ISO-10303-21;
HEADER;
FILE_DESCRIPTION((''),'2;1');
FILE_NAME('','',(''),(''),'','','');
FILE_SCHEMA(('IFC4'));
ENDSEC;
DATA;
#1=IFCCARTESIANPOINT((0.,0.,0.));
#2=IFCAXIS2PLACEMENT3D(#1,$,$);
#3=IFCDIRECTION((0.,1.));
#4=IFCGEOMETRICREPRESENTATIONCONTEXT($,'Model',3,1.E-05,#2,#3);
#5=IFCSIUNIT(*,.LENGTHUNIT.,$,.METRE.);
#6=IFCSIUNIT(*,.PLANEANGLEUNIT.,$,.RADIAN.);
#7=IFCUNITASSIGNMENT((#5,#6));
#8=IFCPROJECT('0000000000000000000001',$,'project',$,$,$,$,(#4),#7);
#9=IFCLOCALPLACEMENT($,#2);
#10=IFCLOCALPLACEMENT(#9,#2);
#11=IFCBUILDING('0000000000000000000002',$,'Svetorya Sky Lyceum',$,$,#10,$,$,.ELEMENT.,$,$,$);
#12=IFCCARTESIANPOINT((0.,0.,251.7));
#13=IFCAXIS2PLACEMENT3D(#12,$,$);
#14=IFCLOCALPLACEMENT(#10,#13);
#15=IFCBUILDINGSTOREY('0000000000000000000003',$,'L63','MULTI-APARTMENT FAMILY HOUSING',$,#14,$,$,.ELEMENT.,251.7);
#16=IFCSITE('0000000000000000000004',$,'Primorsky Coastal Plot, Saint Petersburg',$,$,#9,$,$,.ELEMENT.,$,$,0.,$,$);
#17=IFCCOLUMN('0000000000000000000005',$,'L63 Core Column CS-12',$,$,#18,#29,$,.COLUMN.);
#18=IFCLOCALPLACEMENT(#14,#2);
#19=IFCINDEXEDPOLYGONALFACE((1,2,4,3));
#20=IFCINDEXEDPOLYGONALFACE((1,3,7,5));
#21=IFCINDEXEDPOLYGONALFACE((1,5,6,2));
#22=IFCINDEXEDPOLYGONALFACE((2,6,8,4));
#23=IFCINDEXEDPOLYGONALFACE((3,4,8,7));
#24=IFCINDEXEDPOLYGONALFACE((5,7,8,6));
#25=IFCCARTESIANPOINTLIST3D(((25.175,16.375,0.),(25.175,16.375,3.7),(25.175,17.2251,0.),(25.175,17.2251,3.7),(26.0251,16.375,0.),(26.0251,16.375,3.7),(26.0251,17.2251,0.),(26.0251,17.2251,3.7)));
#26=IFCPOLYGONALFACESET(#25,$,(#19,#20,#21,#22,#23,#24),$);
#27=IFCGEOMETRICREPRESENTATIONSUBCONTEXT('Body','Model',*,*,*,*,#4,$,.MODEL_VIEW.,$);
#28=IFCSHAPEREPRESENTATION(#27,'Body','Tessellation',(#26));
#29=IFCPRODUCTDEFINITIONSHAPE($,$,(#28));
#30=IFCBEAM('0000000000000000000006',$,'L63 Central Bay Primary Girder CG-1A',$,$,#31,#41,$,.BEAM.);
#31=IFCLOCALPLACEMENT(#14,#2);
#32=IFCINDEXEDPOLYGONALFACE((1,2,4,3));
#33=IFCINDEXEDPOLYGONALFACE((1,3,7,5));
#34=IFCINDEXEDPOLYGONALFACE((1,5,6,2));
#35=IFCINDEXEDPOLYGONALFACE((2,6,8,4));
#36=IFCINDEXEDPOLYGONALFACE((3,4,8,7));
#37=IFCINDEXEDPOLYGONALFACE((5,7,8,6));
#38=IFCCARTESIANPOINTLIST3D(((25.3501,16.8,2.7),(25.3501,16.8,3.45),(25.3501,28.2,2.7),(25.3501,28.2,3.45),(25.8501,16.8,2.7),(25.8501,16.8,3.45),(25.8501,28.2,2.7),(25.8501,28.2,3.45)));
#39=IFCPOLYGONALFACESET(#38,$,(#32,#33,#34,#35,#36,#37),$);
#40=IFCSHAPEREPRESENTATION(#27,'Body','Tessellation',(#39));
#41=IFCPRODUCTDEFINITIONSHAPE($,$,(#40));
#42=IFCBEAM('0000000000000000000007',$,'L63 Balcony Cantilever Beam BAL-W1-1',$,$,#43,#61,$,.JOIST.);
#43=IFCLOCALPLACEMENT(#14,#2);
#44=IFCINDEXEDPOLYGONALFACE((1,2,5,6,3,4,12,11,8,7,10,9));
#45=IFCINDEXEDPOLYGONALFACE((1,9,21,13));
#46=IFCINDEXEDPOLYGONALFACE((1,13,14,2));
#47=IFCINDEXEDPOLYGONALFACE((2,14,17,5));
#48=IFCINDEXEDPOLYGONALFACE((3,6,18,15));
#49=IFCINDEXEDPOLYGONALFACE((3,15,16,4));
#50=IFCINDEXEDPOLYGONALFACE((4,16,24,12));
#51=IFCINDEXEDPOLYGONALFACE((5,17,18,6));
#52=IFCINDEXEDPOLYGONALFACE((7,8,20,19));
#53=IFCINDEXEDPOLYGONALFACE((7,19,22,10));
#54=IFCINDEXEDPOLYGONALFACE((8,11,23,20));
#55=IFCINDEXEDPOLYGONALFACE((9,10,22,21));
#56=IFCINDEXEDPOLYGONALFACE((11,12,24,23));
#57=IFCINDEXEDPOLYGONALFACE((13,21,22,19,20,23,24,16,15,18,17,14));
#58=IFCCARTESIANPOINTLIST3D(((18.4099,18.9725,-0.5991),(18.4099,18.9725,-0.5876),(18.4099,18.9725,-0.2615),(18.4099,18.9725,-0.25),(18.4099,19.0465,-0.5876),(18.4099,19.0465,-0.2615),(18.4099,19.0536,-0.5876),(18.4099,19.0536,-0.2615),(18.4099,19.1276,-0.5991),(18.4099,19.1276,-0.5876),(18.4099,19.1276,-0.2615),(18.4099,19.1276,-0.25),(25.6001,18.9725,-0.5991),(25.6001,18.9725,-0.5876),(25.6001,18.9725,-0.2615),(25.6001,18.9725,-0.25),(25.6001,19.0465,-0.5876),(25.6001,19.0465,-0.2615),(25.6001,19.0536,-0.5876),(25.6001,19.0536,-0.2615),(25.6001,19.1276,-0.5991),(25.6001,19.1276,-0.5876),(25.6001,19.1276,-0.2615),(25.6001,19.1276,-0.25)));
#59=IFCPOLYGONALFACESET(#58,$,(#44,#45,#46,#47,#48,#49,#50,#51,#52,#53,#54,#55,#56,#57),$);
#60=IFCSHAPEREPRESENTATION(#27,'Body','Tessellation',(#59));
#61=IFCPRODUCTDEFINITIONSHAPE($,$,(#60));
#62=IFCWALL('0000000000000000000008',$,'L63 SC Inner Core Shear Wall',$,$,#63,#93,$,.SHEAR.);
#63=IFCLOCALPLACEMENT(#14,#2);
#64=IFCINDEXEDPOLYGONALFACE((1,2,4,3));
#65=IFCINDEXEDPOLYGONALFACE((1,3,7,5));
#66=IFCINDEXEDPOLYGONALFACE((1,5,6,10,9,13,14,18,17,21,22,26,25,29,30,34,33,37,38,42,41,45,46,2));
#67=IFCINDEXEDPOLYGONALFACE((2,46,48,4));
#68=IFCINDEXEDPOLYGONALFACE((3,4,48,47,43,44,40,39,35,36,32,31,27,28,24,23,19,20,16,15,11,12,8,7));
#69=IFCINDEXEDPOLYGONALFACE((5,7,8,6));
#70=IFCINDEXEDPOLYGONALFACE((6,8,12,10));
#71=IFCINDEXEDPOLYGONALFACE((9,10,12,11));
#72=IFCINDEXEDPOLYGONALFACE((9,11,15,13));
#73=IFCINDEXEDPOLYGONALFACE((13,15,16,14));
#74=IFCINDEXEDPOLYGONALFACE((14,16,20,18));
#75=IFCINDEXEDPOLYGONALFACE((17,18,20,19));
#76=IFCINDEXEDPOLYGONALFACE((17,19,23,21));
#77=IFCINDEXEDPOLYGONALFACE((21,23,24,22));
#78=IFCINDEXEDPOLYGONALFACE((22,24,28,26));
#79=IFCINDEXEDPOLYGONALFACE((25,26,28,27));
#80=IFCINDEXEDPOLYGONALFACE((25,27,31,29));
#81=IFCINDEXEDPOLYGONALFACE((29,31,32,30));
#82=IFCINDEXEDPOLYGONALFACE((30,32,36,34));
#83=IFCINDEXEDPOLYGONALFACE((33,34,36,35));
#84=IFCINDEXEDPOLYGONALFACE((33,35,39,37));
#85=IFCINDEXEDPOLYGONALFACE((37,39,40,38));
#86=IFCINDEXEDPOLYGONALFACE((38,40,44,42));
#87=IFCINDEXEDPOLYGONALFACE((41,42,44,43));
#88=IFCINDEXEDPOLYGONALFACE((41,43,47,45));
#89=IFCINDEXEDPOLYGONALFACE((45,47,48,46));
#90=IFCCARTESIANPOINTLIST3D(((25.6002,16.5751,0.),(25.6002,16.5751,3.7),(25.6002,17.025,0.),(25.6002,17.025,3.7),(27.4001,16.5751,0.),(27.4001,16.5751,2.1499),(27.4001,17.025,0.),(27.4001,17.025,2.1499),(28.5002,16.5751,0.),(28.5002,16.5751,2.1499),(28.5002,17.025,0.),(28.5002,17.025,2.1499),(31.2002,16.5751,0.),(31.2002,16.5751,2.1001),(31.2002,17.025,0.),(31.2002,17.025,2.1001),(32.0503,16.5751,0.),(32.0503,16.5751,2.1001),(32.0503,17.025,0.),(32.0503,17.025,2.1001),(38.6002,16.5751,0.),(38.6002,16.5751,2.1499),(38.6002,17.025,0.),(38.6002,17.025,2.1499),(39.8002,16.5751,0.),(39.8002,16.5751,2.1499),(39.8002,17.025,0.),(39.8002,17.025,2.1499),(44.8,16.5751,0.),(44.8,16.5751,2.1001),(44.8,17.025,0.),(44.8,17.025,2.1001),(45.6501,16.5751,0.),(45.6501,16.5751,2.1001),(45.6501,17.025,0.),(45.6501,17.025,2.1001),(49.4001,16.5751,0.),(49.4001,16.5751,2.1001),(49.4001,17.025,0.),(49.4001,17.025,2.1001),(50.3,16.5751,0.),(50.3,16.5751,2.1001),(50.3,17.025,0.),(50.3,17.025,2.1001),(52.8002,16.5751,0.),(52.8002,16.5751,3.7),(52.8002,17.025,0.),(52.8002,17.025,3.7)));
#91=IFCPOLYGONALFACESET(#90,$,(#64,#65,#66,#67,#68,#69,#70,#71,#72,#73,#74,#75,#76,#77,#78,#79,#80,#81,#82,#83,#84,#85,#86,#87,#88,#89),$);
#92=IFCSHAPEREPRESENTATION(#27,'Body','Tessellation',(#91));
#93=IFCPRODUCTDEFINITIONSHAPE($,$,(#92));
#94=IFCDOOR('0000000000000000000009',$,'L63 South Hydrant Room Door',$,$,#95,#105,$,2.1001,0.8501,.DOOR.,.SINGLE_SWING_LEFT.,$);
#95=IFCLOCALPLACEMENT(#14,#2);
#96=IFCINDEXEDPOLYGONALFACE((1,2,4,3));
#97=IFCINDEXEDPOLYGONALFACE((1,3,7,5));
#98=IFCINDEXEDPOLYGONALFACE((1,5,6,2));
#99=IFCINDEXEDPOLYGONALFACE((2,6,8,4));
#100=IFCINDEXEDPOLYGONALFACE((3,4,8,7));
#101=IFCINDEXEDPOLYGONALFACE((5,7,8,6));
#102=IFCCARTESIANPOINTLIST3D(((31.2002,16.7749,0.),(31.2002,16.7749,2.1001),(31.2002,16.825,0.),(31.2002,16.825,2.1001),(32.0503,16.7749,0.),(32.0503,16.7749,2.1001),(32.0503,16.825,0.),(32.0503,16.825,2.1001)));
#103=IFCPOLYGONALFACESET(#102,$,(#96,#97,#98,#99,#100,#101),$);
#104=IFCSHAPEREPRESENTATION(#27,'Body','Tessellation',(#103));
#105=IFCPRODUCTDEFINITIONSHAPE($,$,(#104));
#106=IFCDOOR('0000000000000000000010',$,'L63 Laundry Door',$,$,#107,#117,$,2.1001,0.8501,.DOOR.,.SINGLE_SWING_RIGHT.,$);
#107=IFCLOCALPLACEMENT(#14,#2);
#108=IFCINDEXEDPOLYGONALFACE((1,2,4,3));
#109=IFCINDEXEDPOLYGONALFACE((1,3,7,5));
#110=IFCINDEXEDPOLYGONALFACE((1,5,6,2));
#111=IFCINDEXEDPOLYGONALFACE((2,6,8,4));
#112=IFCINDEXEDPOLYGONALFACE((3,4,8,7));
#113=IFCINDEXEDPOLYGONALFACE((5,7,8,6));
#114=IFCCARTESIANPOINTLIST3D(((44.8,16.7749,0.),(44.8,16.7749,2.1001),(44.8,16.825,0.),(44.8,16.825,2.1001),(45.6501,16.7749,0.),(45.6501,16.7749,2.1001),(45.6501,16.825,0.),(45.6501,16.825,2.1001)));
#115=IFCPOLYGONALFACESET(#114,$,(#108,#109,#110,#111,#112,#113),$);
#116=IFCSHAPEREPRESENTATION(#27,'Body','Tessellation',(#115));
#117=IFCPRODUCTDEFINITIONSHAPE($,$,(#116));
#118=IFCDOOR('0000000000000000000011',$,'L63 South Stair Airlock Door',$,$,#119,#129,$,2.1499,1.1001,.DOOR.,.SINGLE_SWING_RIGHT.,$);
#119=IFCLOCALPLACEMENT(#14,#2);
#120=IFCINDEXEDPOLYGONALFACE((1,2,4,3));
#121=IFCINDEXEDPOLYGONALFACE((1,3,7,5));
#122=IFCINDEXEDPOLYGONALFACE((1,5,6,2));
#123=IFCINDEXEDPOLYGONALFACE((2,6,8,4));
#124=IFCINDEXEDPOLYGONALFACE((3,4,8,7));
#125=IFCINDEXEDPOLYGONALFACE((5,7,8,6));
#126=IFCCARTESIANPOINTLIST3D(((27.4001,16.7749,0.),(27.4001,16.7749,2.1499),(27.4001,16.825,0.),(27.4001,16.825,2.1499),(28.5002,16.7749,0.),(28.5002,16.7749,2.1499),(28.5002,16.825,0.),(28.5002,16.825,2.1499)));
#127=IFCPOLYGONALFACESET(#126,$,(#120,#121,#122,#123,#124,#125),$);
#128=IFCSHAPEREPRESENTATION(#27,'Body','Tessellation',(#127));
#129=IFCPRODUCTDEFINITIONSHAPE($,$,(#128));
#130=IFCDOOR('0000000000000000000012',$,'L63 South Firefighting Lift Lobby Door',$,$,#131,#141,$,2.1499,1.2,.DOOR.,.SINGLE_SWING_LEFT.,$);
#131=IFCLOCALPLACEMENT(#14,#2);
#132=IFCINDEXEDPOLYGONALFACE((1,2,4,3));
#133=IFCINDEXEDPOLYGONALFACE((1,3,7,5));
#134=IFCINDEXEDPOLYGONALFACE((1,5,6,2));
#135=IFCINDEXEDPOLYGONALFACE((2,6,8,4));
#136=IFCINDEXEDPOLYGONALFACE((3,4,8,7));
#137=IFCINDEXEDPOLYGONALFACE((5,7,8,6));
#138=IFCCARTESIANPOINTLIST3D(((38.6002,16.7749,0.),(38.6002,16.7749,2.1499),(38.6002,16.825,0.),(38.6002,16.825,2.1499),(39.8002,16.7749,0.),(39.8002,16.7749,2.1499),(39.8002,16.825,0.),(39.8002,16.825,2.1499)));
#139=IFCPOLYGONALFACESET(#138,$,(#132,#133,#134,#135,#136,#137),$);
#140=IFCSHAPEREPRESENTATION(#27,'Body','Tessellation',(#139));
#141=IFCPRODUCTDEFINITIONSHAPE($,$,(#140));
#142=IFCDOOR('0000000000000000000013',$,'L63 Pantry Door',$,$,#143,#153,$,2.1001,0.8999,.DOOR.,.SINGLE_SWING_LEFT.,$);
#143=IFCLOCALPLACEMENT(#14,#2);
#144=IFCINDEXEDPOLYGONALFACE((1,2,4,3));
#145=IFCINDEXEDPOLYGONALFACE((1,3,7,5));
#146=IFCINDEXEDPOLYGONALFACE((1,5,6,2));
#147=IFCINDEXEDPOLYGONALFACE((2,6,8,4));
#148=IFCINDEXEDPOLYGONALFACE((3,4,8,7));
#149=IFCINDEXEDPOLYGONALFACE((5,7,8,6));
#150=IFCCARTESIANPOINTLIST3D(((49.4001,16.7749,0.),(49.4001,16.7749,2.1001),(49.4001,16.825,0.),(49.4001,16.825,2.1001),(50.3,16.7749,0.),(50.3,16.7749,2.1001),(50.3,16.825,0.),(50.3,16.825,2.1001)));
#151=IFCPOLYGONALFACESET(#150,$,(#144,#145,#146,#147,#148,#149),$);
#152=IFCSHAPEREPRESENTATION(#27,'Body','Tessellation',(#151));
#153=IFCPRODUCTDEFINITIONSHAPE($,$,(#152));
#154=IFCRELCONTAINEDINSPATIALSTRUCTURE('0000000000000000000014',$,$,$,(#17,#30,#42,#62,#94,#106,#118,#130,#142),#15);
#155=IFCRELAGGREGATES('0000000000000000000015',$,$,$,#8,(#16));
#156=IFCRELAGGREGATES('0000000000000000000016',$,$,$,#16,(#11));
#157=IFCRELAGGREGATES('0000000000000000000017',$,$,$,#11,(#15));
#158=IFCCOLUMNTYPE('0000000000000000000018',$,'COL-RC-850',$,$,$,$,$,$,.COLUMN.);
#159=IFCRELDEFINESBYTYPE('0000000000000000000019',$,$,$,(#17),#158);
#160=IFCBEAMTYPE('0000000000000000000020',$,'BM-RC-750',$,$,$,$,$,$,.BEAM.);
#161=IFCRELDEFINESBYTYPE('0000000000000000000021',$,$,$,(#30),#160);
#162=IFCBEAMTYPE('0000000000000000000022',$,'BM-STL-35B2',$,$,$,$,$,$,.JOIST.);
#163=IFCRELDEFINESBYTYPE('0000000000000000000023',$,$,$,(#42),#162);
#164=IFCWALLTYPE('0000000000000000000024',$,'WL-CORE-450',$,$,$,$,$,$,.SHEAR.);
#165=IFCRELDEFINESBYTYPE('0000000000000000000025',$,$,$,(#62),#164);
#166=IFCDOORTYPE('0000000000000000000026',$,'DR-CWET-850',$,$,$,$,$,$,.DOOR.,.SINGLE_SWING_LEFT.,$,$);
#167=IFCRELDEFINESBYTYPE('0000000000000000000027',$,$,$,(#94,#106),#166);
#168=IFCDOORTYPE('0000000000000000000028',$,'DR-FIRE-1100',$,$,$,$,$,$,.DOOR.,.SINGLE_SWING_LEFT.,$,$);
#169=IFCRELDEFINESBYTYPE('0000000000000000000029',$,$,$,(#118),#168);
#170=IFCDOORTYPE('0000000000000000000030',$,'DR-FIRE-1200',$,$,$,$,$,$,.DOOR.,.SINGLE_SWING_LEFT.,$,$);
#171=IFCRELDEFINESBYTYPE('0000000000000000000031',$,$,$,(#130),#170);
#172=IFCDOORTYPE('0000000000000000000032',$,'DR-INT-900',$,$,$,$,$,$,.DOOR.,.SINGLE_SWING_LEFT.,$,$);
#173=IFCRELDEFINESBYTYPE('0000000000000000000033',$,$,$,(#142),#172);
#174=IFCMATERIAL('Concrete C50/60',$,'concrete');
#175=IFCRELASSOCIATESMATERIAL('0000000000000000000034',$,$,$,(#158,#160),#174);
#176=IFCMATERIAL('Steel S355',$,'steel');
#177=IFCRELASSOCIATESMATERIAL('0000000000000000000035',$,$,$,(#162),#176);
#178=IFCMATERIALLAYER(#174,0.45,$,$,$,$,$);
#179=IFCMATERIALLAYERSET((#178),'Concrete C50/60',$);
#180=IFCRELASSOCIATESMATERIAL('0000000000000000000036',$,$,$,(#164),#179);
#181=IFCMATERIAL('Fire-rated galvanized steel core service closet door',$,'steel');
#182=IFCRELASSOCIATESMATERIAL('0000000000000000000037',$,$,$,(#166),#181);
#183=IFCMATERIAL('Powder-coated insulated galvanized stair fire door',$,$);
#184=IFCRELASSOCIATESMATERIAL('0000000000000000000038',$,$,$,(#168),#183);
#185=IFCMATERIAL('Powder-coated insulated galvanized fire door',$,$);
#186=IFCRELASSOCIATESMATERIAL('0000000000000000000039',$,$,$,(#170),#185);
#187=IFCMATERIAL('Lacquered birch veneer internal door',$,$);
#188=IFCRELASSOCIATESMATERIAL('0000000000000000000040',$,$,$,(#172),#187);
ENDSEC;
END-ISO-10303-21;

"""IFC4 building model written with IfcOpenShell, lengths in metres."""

from ifc_helpers import new_model, si_unit, direction, frame, frame_2d, origin, origin_2d, place, context, subcontext, project, spatial, rectangle, i_section, extrude, material, layer, layer_set, material_profile, profile_set, type_object, element, fill, save


model = new_model("IFC4")

# Units and contexts
model_context = context("Model", 3, precision=1e-05, world=origin(), true_north=direction((0.0, 1.0)))
body_context = subcontext(model_context, "Body", "Model", "MODEL_VIEW")
ifc_project = project(units=[si_unit("LENGTHUNIT", "METRE"), si_unit("PLANEANGLEUNIT", "RADIAN")], contexts=[model_context])

# Site, building, storey
site_placement = place(None, origin())
site = spatial("IfcSite", under=ifc_project, at=site_placement, Name="Primorsky Coastal Plot, Saint Petersburg", CompositionType="ELEMENT", RefElevation=0.0)
building_placement = place(site_placement, origin())
building = spatial("IfcBuilding", under=site, at=building_placement, Name="Svetorya Sky Lyceum", CompositionType="ELEMENT")
storey_placement = place(building_placement, frame((0.0, 0.0, 251.7)))
storey = spatial("IfcBuildingStorey", under=building, at=storey_placement, Name="L63", Description="MULTI-APARTMENT FAMILY HOUSING", CompositionType="ELEMENT", Elevation=251.7)

# Column
ifc_material_1 = material(Name="Concrete C50/60", Category="concrete")
ifc_material_profile_1 = material_profile(ifc_material_1, rectangle(XDim=0.8501, YDim=0.8501, at=origin_2d()), Name="RC COL 850x850")
ifc_profile_set_1 = profile_set([ifc_material_profile_1], Name="Concrete C50/60")
column_type = type_object("IfcColumnType", Name="COL-RC-850", PredefinedType="COLUMN", material=ifc_profile_set_1)
column_placement = place(storey_placement, frame((25.6001, 16.8, 0.0), z_axis=(0.0, 0.0, 1.0), x_axis=(1.0, 0.0, 0.0)))
element("IfcColumn", 1, at=column_placement, inside=storey, type_object=column_type, Name="L63 Core Column CS-12", PredefinedType="COLUMN", context=body_context, shape_type="SweptSolid", body=[
    extrude(rectangle(XDim=0.8501, YDim=0.8501, at=origin_2d()), origin(), (0.0, 0.0, 1.0), 3.7),
])

# Beams
ifc_material_profile_2 = material_profile(ifc_material_1, rectangle(XDim=0.5, YDim=0.75, at=origin_2d()), Name="RC BEAM 500x750")
ifc_profile_set_2 = profile_set([ifc_material_profile_2], Name="Concrete C50/60")
beam_type_1 = type_object("IfcBeamType", Name="BM-RC-750", PredefinedType="BEAM", material=ifc_profile_set_2)
beam_1_placement = place(storey_placement, frame((25.6001, 16.8, 3.075), z_axis=(0.0, 1.0, 0.0), x_axis=(-1.0, 0.0, 0.0)))
element("IfcBeam", 2, at=beam_1_placement, inside=storey, type_object=beam_type_1, Name="L63 Central Bay Primary Girder CG-1A", PredefinedType="BEAM", context=body_context, shape_type="SweptSolid", body=[
    extrude(rectangle(XDim=0.5, YDim=0.75, at=origin_2d()), origin(), (0.0, 0.0, 1.0), 11.3999),
])
ifc_material_2 = material(Name="Steel S355", Category="steel")
ifc_material_profile_3 = material_profile(ifc_material_2, i_section(OverallWidth=0.155, OverallDepth=0.3491, WebThickness=0.0071, FlangeThickness=0.0115, at=origin_2d()), Name="GOST 35B2")
ifc_profile_set_3 = profile_set([ifc_material_profile_3], Name="Steel S355")
beam_type_2 = type_object("IfcBeamType", Name="BM-STL-35B2", PredefinedType="JOIST", material=ifc_profile_set_3)
beam_2_placement = place(storey_placement, frame((25.6001, 19.05, -0.4246), z_axis=(-1.0, 0.0, 0.0), x_axis=(0.0, -1.0, 0.0)))
element("IfcBeam", 3, at=beam_2_placement, inside=storey, type_object=beam_type_2, Name="L63 Balcony Cantilever Beam BAL-W1-1", PredefinedType="JOIST", context=body_context, shape_type="SweptSolid", body=[
    extrude(i_section(OverallWidth=0.155, OverallDepth=0.3491, WebThickness=0.0071, FlangeThickness=0.0115, at=origin_2d()), origin(), (0.0, 0.0, 1.0), 7.1902),
])

# Wall, openings, doors
ifc_layer_1 = layer(ifc_material_1, 0.45)
ifc_layer_set_1 = layer_set([ifc_layer_1], Name="Concrete C50/60")
wall_type_1 = type_object("IfcWallType", Name="WL-CORE-450", PredefinedType="SHEAR", material=ifc_layer_set_1)
wall_1_placement = place(storey_placement, frame((25.6001, 16.8, 0.0), z_axis=(0.0, 0.0, 1.0), x_axis=(1.0, 0.0, 0.0)))
wall_1 = element("IfcWall", 4, at=wall_1_placement, inside=storey, type_object=wall_type_1, Name="L63 SC Inner Core Shear Wall", PredefinedType="SHEAR", context=body_context, shape_type="SweptSolid", body=[
    extrude(rectangle(XDim=27.2, YDim=0.45, at=frame_2d((13.6001, 0.0))), origin(), (0.0, 0.0, 1.0), 3.7),
])
opening_1_placement = place(wall_1_placement, frame((1.8, 0.0, 0.0)))
opening_1 = element("IfcOpeningElement", 5, at=opening_1_placement, cuts=wall_1, PredefinedType="OPENING", context=body_context, shape_type="SweptSolid", body=[
    extrude(rectangle(XDim=1.1001, YDim=2.1499, at=frame_2d((0.55, 1.075))), frame((0.0, 0.2349, 0.0), z_axis=(0.0, -1.0, 0.0), x_axis=(1.0, 0.0, 0.0)), (0.0, 0.0, 1.0), 0.47),
])
opening_2_placement = place(wall_1_placement, frame((5.6001, 0.0, 0.0)))
opening_2 = element("IfcOpeningElement", 6, at=opening_2_placement, cuts=wall_1, PredefinedType="OPENING", context=body_context, shape_type="SweptSolid", body=[
    extrude(rectangle(XDim=0.8501, YDim=2.1001, at=frame_2d((0.425, 1.05))), frame((0.0, 0.2349, 0.0), z_axis=(0.0, -1.0, 0.0), x_axis=(1.0, 0.0, 0.0)), (0.0, 0.0, 1.0), 0.47),
])
opening_3_placement = place(wall_1_placement, frame((13.0, 0.0, 0.0)))
opening_3 = element("IfcOpeningElement", 7, at=opening_3_placement, cuts=wall_1, PredefinedType="OPENING", context=body_context, shape_type="SweptSolid", body=[
    extrude(rectangle(XDim=1.2, YDim=2.1499, at=frame_2d((0.6001, 1.075))), frame((0.0, 0.2349, 0.0), z_axis=(0.0, -1.0, 0.0), x_axis=(1.0, 0.0, 0.0)), (0.0, 0.0, 1.0), 0.47),
])
opening_4_placement = place(wall_1_placement, frame((19.2, 0.0, 0.0)))
opening_4 = element("IfcOpeningElement", 8, at=opening_4_placement, cuts=wall_1, PredefinedType="OPENING", context=body_context, shape_type="SweptSolid", body=[
    extrude(rectangle(XDim=0.8501, YDim=2.1001, at=frame_2d((0.425, 1.05))), frame((0.0, 0.2349, 0.0), z_axis=(0.0, -1.0, 0.0), x_axis=(1.0, 0.0, 0.0)), (0.0, 0.0, 1.0), 0.47),
])
opening_5_placement = place(wall_1_placement, frame((23.8, 0.0, 0.0)))
opening_5 = element("IfcOpeningElement", 9, at=opening_5_placement, cuts=wall_1, PredefinedType="OPENING", context=body_context, shape_type="SweptSolid", body=[
    extrude(rectangle(XDim=0.8999, YDim=2.1001, at=frame_2d((0.45, 1.05))), frame((0.0, 0.2349, 0.0), z_axis=(0.0, -1.0, 0.0), x_axis=(1.0, 0.0, 0.0)), (0.0, 0.0, 1.0), 0.47),
])
ifc_material_3 = material(Name="Fire-rated galvanized steel core service closet door", Category="steel")
door_type_1 = type_object("IfcDoorType", Name="DR-CWET-850", OperationType="SINGLE_SWING_LEFT", PredefinedType="DOOR", material=ifc_material_3)
door_1_placement = place(opening_2_placement, origin())
door_1 = element("IfcDoor", 10, at=door_1_placement, inside=storey, type_object=door_type_1, Name="L63 South Hydrant Room Door", OperationType="SINGLE_SWING_LEFT", OverallHeight=2.1001, OverallWidth=0.8501, PredefinedType="DOOR", context=body_context, shape_type="SweptSolid", body=[
    extrude(rectangle(XDim=0.8501, YDim=2.1001, at=frame_2d((0.425, 1.05))), frame((0.0, 0.0249, 0.0), z_axis=(0.0, -1.0, 0.0), x_axis=(1.0, 0.0, 0.0)), (0.0, 0.0, 1.0), 0.05),
])
fill(opening_2, door_1)
door_2_placement = place(opening_4_placement, origin())
door_2 = element("IfcDoor", 11, at=door_2_placement, inside=storey, type_object=door_type_1, Name="L63 Laundry Door", OperationType="SINGLE_SWING_RIGHT", OverallHeight=2.1001, OverallWidth=0.8501, PredefinedType="DOOR", context=body_context, shape_type="SweptSolid", body=[
    extrude(rectangle(XDim=0.8501, YDim=2.1001, at=frame_2d((0.425, 1.05))), frame((0.0, 0.0249, 0.0), z_axis=(0.0, -1.0, 0.0), x_axis=(1.0, 0.0, 0.0)), (0.0, 0.0, 1.0), 0.05),
])
fill(opening_4, door_2)
ifc_material_4 = material(Name="Powder-coated insulated galvanized stair fire door")
door_type_2 = type_object("IfcDoorType", Name="DR-FIRE-1100", OperationType="SINGLE_SWING_LEFT", PredefinedType="DOOR", material=ifc_material_4)
door_3_placement = place(opening_1_placement, origin())
door_3 = element("IfcDoor", 12, at=door_3_placement, inside=storey, type_object=door_type_2, Name="L63 South Stair Airlock Door", OperationType="SINGLE_SWING_RIGHT", OverallHeight=2.1499, OverallWidth=1.1001, PredefinedType="DOOR", context=body_context, shape_type="SweptSolid", body=[
    extrude(rectangle(XDim=1.1001, YDim=2.1499, at=frame_2d((0.55, 1.075))), frame((0.0, 0.0249, 0.0), z_axis=(0.0, -1.0, 0.0), x_axis=(1.0, 0.0, 0.0)), (0.0, 0.0, 1.0), 0.05),
])
fill(opening_1, door_3)
ifc_material_5 = material(Name="Powder-coated insulated galvanized fire door")
door_type_3 = type_object("IfcDoorType", Name="DR-FIRE-1200", OperationType="SINGLE_SWING_LEFT", PredefinedType="DOOR", material=ifc_material_5)
door_4_placement = place(opening_3_placement, origin())
door_4 = element("IfcDoor", 13, at=door_4_placement, inside=storey, type_object=door_type_3, Name="L63 South Firefighting Lift Lobby Door", OperationType="SINGLE_SWING_LEFT", OverallHeight=2.1499, OverallWidth=1.2, PredefinedType="DOOR", context=body_context, shape_type="SweptSolid", body=[
    extrude(rectangle(XDim=1.2, YDim=2.1499, at=frame_2d((0.6001, 1.075))), frame((0.0, 0.0249, 0.0), z_axis=(0.0, -1.0, 0.0), x_axis=(1.0, 0.0, 0.0)), (0.0, 0.0, 1.0), 0.05),
])
fill(opening_3, door_4)
ifc_material_6 = material(Name="Lacquered birch veneer internal door")
door_type_4 = type_object("IfcDoorType", Name="DR-INT-900", OperationType="SINGLE_SWING_LEFT", PredefinedType="DOOR", material=ifc_material_6)
door_5_placement = place(opening_5_placement, origin())
door_5 = element("IfcDoor", 14, at=door_5_placement, inside=storey, type_object=door_type_4, Name="L63 Pantry Door", OperationType="SINGLE_SWING_LEFT", OverallHeight=2.1001, OverallWidth=0.8999, PredefinedType="DOOR", context=body_context, shape_type="SweptSolid", body=[
    extrude(rectangle(XDim=0.8999, YDim=2.1001, at=frame_2d((0.45, 1.05))), frame((0.0, 0.0249, 0.0), z_axis=(0.0, -1.0, 0.0), x_axis=(1.0, 0.0, 0.0)), (0.0, 0.0, 1.0), 0.05),
])
fill(opening_5, door_5)

save(model, "model.ifc")
